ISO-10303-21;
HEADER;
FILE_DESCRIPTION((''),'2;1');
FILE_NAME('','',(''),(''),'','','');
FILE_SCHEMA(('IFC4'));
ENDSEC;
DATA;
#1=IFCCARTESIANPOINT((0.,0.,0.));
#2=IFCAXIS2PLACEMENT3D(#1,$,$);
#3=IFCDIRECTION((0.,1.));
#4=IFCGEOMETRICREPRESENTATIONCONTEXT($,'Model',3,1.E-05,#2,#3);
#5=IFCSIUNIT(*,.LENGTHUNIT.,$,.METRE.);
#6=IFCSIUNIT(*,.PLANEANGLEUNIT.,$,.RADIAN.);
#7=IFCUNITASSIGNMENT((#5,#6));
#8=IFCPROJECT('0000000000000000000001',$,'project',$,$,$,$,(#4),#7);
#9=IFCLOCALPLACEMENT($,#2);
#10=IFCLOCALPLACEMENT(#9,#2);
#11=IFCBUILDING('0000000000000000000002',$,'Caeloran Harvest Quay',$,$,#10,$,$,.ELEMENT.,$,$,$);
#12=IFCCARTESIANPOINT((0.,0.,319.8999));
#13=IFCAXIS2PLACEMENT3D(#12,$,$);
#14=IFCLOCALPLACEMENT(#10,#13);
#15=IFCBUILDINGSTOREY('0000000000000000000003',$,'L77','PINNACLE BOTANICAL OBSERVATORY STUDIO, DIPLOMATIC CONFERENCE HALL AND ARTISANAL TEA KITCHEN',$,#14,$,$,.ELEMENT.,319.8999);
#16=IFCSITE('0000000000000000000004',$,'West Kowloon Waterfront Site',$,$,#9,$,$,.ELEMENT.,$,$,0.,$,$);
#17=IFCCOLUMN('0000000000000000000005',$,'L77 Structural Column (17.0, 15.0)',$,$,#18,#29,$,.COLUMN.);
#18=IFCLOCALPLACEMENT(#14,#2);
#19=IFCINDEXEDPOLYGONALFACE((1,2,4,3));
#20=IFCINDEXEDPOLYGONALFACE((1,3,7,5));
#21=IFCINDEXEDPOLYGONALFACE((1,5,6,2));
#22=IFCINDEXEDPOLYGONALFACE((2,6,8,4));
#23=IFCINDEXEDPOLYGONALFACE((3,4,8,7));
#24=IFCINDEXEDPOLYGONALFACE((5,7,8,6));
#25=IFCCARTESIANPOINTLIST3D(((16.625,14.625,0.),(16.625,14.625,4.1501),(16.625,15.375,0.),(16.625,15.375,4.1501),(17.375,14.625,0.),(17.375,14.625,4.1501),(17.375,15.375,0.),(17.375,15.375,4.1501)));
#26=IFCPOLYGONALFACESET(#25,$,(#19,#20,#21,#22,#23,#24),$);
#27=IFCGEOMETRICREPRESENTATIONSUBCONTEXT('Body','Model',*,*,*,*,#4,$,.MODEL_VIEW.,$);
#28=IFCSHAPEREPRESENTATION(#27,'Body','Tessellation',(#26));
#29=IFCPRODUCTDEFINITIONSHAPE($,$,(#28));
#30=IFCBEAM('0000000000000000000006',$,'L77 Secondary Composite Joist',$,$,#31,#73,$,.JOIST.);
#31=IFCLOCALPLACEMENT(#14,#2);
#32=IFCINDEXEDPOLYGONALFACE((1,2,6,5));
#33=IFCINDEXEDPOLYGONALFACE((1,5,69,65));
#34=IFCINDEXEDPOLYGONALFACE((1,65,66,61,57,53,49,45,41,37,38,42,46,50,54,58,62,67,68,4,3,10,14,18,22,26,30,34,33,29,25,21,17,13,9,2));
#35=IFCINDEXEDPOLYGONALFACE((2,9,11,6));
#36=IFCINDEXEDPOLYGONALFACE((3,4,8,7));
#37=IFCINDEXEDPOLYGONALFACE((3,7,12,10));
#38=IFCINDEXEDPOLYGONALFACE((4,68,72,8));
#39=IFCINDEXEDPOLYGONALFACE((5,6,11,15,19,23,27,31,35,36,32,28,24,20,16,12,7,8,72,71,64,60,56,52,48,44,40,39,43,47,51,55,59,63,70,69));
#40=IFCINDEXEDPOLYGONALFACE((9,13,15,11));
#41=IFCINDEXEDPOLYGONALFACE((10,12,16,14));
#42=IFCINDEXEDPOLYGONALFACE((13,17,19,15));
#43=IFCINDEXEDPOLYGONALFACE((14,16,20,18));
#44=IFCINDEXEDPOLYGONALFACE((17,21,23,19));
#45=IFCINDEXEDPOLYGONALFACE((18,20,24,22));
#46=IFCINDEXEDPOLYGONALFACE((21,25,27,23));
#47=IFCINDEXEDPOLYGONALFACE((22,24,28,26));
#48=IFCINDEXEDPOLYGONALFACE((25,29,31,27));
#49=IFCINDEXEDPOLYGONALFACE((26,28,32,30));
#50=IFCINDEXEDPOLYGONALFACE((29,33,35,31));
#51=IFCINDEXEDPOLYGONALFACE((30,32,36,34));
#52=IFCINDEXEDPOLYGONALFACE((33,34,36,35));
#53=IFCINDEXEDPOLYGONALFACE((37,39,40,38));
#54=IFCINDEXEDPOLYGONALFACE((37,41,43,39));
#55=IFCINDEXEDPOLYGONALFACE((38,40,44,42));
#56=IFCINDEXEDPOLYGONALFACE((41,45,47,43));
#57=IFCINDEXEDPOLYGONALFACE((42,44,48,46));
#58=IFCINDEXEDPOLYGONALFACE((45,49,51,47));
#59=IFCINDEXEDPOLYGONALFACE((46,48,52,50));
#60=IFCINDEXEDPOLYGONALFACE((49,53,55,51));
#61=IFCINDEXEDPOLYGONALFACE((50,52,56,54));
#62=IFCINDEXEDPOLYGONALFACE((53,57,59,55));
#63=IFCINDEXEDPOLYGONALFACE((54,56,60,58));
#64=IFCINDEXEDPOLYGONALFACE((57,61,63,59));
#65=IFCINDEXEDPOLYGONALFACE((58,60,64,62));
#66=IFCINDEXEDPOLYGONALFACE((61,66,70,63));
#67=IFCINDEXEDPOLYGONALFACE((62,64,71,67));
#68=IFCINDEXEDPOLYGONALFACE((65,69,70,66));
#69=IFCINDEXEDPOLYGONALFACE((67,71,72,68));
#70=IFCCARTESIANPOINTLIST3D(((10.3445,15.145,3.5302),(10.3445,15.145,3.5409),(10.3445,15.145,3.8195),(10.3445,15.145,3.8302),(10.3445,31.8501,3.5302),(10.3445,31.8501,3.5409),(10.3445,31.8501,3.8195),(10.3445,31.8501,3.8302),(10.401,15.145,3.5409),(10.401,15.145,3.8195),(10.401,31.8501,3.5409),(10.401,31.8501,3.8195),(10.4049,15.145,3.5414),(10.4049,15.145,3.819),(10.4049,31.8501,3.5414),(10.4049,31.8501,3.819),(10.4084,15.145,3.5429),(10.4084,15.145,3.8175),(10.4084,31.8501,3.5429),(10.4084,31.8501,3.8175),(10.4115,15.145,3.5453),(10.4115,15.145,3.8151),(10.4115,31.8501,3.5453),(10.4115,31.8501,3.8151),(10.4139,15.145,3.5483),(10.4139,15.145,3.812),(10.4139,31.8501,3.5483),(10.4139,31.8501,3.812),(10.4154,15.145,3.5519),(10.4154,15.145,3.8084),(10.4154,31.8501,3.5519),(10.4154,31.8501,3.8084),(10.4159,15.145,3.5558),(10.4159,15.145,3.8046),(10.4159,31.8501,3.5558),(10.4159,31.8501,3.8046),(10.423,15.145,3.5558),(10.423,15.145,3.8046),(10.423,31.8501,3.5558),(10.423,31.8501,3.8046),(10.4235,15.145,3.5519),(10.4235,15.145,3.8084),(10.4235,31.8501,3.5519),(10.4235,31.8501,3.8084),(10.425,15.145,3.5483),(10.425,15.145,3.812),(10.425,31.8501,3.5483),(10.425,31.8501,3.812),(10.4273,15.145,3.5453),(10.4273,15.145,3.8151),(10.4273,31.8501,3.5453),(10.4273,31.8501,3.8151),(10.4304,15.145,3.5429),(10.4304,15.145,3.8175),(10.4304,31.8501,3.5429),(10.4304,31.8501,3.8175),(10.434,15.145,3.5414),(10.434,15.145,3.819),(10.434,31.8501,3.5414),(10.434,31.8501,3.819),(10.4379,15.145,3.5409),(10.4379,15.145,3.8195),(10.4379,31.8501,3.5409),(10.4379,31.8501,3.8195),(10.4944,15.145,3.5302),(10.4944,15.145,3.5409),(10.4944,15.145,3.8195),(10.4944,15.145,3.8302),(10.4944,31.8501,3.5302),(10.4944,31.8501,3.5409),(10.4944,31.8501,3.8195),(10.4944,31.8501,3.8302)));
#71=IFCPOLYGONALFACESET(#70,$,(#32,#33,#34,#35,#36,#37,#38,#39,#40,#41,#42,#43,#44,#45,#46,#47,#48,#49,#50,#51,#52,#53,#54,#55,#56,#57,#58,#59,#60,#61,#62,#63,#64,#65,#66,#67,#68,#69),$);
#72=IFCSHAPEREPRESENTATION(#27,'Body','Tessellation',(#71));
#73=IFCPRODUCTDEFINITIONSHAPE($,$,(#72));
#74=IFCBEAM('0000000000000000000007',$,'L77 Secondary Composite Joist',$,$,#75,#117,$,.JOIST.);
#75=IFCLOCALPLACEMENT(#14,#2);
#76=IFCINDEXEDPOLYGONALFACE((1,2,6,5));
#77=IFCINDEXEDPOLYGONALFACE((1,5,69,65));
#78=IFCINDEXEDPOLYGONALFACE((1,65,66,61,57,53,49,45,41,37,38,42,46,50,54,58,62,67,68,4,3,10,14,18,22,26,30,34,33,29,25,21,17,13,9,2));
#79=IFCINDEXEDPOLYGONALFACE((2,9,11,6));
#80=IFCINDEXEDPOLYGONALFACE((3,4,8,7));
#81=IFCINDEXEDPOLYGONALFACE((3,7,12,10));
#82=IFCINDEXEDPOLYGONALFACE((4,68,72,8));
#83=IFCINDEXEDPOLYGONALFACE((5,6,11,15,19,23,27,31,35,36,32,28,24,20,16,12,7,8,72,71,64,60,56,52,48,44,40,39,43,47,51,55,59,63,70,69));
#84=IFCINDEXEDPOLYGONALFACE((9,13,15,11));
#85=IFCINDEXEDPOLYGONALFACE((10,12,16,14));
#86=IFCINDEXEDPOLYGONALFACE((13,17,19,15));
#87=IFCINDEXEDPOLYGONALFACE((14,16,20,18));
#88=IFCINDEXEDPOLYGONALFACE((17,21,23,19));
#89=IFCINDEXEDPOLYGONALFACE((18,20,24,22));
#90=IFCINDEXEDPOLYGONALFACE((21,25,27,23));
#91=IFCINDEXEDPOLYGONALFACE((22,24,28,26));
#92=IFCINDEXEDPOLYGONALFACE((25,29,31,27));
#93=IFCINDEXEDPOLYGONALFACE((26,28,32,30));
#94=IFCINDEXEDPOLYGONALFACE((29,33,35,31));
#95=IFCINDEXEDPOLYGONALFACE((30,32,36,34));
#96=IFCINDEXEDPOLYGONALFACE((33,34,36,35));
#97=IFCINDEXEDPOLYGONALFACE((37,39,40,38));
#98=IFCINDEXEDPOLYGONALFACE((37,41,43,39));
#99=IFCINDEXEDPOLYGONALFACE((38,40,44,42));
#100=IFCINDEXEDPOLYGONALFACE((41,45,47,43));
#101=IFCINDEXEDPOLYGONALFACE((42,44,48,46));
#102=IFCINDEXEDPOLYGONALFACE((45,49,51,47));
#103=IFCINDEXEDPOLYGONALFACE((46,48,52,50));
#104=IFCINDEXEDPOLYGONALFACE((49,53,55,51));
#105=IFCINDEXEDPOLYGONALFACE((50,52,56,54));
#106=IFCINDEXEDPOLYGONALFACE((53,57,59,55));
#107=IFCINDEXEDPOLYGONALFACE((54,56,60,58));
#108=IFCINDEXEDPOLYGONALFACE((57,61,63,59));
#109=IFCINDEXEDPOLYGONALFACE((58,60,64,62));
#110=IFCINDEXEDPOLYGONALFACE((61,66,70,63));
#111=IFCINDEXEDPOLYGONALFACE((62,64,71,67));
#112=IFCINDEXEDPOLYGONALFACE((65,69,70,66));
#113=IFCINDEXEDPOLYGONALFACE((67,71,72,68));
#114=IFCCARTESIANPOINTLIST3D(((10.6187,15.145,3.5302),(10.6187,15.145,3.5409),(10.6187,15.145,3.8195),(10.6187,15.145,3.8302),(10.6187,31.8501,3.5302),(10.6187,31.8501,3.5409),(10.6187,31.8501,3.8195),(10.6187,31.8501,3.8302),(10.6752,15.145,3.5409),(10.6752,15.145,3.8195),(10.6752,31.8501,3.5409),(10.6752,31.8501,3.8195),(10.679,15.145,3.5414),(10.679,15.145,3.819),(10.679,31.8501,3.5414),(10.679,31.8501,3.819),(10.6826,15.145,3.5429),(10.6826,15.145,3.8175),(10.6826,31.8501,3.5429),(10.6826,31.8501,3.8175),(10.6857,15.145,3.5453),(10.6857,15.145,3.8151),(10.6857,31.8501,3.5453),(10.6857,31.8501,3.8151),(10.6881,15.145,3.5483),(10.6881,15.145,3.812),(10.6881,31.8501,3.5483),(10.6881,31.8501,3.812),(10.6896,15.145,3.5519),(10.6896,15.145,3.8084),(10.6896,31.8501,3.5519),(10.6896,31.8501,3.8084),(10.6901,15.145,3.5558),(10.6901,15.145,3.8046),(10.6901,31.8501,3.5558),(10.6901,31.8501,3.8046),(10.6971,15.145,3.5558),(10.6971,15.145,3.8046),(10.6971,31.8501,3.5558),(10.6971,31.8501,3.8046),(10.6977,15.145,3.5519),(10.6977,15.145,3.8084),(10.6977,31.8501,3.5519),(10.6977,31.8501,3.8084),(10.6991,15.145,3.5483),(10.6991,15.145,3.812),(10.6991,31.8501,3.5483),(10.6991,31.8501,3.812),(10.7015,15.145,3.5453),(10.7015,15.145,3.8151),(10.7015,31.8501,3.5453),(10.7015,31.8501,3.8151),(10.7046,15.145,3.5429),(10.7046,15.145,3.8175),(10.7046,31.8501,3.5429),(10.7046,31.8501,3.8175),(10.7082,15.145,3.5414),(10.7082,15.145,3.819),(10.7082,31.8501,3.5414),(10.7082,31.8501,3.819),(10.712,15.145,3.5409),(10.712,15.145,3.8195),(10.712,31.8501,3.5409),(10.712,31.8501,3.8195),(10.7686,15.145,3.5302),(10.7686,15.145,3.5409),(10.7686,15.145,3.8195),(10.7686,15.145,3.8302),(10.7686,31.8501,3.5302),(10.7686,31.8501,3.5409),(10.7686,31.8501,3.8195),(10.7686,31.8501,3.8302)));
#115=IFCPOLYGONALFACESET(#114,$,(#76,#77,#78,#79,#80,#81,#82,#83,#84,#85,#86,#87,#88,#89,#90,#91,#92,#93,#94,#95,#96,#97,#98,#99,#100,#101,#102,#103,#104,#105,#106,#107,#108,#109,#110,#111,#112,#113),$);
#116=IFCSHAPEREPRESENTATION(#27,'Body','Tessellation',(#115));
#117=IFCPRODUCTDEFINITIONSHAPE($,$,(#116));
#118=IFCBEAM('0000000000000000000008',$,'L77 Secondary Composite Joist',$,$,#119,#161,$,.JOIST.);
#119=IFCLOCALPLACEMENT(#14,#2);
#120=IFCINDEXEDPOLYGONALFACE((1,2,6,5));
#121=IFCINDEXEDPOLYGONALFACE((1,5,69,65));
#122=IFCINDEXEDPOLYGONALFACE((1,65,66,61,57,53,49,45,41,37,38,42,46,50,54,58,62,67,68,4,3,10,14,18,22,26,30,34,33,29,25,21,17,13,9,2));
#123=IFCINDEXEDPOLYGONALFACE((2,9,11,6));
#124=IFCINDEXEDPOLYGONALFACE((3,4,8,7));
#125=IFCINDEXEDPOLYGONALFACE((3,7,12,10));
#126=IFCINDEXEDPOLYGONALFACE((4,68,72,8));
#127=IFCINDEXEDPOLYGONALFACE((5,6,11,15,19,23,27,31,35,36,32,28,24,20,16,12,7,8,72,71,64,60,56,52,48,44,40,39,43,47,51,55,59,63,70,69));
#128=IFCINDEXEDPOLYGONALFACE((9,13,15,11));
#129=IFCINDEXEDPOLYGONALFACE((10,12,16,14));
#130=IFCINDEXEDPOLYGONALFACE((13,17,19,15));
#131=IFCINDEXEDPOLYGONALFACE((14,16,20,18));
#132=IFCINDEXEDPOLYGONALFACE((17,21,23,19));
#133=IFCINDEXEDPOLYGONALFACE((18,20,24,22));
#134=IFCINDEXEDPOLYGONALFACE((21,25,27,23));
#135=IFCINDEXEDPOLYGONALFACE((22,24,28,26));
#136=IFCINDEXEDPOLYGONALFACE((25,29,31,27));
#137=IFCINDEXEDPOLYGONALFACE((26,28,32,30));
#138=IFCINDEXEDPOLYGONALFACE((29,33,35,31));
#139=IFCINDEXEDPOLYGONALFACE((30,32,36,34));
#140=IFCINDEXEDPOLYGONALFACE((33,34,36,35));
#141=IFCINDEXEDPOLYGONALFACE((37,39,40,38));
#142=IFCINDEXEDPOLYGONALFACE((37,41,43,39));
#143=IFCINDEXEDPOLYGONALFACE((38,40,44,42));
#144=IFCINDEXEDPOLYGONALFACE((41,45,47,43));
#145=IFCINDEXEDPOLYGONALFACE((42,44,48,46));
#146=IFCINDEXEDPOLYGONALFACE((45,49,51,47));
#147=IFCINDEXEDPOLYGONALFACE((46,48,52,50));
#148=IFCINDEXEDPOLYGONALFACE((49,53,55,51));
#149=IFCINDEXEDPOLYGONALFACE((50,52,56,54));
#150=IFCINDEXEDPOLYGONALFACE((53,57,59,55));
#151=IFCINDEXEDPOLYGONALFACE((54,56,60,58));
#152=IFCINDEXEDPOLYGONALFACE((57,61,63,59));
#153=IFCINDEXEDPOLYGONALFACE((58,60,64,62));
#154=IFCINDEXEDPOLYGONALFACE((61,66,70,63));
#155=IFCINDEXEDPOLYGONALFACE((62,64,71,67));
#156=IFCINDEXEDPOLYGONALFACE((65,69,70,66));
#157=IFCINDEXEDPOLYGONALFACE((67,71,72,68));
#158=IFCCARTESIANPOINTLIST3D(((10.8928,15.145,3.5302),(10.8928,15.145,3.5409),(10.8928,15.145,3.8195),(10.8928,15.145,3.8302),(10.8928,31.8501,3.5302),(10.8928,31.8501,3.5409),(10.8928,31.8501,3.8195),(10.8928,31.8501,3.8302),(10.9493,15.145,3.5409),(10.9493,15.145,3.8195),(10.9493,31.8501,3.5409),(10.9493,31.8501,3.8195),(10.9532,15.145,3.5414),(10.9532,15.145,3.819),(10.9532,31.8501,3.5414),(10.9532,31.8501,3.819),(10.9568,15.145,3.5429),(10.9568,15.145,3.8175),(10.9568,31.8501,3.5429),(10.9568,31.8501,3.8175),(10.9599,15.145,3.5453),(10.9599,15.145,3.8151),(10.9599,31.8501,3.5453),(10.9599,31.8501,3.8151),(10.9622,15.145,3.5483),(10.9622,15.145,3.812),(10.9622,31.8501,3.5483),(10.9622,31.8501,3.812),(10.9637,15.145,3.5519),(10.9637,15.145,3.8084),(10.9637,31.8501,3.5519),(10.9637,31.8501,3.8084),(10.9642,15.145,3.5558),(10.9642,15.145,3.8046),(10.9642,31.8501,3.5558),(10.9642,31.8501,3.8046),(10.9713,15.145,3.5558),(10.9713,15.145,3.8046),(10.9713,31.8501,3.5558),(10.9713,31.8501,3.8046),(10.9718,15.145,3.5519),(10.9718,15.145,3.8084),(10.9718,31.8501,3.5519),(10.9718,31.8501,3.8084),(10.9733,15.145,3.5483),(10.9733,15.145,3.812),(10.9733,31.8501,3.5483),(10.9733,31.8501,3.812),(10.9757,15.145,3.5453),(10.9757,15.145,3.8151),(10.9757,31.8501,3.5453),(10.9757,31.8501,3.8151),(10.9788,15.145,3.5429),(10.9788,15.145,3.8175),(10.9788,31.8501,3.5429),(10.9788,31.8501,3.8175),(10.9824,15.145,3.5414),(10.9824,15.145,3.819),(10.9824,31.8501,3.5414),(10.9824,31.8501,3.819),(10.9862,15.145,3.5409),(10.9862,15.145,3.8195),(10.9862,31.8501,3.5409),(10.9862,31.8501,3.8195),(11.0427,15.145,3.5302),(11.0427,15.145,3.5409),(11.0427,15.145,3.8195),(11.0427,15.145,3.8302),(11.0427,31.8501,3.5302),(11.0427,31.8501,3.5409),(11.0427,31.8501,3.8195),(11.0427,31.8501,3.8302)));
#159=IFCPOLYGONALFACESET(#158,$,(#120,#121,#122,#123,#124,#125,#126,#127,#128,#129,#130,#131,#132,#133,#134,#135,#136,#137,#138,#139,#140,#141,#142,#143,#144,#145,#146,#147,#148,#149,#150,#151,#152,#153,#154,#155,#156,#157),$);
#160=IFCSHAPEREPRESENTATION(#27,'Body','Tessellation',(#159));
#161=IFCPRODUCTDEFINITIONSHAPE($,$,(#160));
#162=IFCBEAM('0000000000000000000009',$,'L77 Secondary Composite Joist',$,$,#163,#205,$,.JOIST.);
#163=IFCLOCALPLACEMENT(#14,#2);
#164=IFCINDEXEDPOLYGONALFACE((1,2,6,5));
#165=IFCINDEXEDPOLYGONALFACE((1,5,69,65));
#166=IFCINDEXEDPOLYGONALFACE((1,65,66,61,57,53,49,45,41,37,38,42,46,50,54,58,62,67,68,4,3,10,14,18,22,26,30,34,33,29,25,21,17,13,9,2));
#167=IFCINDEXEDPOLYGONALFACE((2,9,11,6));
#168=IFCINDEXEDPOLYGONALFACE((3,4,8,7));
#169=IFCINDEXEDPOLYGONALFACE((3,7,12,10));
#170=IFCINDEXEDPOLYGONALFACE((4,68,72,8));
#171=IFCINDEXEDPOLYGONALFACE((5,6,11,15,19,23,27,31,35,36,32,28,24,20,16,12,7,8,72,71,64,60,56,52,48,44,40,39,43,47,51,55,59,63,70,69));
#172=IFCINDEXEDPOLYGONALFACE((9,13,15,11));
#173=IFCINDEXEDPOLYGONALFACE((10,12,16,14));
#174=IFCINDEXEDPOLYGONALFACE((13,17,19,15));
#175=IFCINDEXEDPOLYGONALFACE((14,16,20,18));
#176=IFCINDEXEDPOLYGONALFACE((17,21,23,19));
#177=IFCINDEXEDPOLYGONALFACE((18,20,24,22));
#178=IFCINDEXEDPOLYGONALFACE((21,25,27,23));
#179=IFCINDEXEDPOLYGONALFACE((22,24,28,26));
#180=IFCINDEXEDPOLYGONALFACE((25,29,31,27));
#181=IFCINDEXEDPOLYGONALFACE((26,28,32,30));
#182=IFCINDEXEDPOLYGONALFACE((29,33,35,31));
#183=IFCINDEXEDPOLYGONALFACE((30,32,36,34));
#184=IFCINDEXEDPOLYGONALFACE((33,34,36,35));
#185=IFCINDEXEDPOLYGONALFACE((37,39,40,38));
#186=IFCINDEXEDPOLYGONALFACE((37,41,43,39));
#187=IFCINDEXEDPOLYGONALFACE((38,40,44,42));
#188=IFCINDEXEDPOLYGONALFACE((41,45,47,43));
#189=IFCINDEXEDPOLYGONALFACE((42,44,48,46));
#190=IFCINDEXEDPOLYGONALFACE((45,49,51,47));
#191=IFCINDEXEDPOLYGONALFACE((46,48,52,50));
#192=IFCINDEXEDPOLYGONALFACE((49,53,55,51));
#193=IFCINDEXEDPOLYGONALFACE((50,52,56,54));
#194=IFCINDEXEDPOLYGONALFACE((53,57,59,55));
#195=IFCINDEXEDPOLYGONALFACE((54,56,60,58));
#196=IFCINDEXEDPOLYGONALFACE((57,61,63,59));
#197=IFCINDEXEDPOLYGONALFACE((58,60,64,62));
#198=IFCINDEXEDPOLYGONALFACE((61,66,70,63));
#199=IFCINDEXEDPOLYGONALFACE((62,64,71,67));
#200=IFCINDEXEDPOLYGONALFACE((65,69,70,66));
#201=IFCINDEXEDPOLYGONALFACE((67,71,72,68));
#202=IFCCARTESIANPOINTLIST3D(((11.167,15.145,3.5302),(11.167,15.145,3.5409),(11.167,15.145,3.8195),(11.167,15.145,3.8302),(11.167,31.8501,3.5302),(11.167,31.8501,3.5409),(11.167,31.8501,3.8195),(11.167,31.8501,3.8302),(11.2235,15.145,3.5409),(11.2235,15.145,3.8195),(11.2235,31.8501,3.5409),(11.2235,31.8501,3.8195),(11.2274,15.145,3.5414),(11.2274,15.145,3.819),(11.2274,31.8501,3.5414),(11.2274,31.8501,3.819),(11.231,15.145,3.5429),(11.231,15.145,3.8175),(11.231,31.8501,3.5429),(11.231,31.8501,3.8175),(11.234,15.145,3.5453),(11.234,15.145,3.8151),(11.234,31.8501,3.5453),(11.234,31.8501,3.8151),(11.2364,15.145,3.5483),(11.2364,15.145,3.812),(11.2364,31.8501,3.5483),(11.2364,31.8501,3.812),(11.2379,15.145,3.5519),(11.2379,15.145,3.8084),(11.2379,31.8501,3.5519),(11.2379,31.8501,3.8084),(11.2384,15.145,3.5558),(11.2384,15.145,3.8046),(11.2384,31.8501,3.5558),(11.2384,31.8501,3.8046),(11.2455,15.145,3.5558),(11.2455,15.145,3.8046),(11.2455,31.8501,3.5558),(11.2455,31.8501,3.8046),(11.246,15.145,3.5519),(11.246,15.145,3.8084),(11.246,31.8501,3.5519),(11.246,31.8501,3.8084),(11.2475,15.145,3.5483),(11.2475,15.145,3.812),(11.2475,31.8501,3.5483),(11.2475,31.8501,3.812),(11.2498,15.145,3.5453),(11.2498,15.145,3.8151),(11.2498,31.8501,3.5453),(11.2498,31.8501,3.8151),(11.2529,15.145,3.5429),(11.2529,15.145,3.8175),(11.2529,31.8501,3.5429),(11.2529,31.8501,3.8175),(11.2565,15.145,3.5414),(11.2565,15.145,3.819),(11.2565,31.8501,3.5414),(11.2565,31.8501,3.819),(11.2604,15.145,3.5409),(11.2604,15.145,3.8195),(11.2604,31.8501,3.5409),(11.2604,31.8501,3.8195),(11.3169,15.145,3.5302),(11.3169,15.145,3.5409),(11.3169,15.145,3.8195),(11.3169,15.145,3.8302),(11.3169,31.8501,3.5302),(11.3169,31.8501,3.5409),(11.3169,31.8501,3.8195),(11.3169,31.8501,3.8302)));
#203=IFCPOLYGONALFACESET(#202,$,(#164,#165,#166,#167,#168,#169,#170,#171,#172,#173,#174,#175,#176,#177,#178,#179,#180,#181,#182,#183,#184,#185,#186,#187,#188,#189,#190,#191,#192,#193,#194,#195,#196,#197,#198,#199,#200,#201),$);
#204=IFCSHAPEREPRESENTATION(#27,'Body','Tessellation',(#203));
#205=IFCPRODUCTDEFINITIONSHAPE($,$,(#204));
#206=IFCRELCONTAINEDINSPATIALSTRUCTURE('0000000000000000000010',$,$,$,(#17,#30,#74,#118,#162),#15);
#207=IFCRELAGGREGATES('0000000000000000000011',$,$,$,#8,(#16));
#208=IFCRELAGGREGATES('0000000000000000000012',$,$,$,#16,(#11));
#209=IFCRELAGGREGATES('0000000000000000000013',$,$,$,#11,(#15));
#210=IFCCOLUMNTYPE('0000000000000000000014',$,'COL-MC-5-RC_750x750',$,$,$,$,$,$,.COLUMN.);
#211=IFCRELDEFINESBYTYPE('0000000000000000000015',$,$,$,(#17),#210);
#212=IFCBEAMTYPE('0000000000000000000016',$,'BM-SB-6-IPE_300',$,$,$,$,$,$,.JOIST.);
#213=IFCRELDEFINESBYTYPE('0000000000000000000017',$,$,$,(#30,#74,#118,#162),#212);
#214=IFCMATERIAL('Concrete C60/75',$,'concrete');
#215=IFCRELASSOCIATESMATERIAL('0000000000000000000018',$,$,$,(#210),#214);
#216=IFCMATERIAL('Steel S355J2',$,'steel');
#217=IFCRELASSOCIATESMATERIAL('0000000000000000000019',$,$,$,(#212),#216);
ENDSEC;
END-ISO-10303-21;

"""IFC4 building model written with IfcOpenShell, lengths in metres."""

from ifc_helpers import new_model, si_unit, direction, frame, origin, origin_2d, place, context, subcontext, project, spatial, rectangle, i_section, extrude, material, material_profile, profile_set, type_object, element, save


model = new_model("IFC4")

# Units and contexts
model_context = context("Model", 3, precision=1e-05, world=origin(), true_north=direction((0.0, 1.0)))
body_context = subcontext(model_context, "Body", "Model", "MODEL_VIEW")
ifc_project = project(units=[si_unit("LENGTHUNIT", "METRE"), si_unit("PLANEANGLEUNIT", "RADIAN")], contexts=[model_context])

# Site, building, storey
site_placement = place(None, origin())
site = spatial("IfcSite", under=ifc_project, at=site_placement, Name="West Kowloon Waterfront Site", CompositionType="ELEMENT", RefElevation=0.0)
building_placement = place(site_placement, origin())
building = spatial("IfcBuilding", under=site, at=building_placement, Name="Caeloran Harvest Quay", CompositionType="ELEMENT")
storey_placement = place(building_placement, frame((0.0, 0.0, 319.8999)))
storey = spatial("IfcBuildingStorey", under=building, at=storey_placement, Name="L77", Description="PINNACLE BOTANICAL OBSERVATORY STUDIO, DIPLOMATIC CONFERENCE HALL AND ARTISANAL TEA KITCHEN", CompositionType="ELEMENT", Elevation=319.8999)

# Column
ifc_material_1 = material(Name="Concrete C60/75", Category="concrete")
ifc_material_profile_1 = material_profile(ifc_material_1, rectangle(XDim=0.75, YDim=0.75, at=origin_2d()), Name="RC 750x750")
ifc_profile_set_1 = profile_set([ifc_material_profile_1], Name="Concrete C60/75")
column_type = type_object("IfcColumnType", Name="COL-MC-5-RC_750x750", PredefinedType="COLUMN", material=ifc_profile_set_1)
column_placement = place(storey_placement, frame((17.0, 15.0, 0.0), z_axis=(0.0, 0.0, 1.0), x_axis=(1.0, 0.0, 0.0)))
element("IfcColumn", 1, at=column_placement, inside=storey, type_object=column_type, Name="L77 Structural Column (17.0, 15.0)", PredefinedType="COLUMN", context=body_context, shape_type="SweptSolid", body=[
    extrude(rectangle(XDim=0.75, YDim=0.75, at=origin_2d()), origin(), (0.0, 0.0, 1.0), 4.1501),
])

# Beams
ifc_material_2 = material(Name="Steel S355J2", Category="steel")
ifc_material_profile_2 = material_profile(ifc_material_2, i_section(OverallWidth=0.1499, OverallDepth=0.3, WebThickness=0.0071, FlangeThickness=0.0107, FilletRadius=0.0149, at=origin_2d()), Name="IPE 300")
ifc_profile_set_2 = profile_set([ifc_material_profile_2], Name="Steel S355J2")
beam_type_1 = type_object("IfcBeamType", Name="BM-SB-6-IPE_300", PredefinedType="JOIST", material=ifc_profile_set_2)
for number, where, z_axis, x_axis, name in (
    (2, (10.4194, 15.145, 3.6802), (0.0, 1.0, 0.0), (-1.0, 0.0, 0.0), "L77 Secondary Composite Joist"),
    (3, (10.6936, 15.145, 3.6802), (0.0, 1.0, 0.0), (-1.0, 0.0, 0.0), "L77 Secondary Composite Joist"),
    (4, (10.9678, 15.145, 3.6802), (0.0, 1.0, 0.0), (-1.0, 0.0, 0.0), "L77 Secondary Composite Joist"),
    (5, (11.2419, 15.145, 3.6802), (0.0, 1.0, 0.0), (-1.0, 0.0, 0.0), "L77 Secondary Composite Joist"),
):
    element("IfcBeam", number, at=place(storey_placement, frame(where, z_axis=z_axis, x_axis=x_axis)), inside=storey, type_object=beam_type_1, Name=name, PredefinedType="JOIST", context=body_context, shape_type="SweptSolid", body=[
        extrude(i_section(OverallWidth=0.1499, OverallDepth=0.3, WebThickness=0.0071, FlangeThickness=0.0107, FilletRadius=0.0149, at=origin_2d()), origin(), (0.0, 0.0, 1.0), 16.7051),
    ])

save(model, "model.ifc")
